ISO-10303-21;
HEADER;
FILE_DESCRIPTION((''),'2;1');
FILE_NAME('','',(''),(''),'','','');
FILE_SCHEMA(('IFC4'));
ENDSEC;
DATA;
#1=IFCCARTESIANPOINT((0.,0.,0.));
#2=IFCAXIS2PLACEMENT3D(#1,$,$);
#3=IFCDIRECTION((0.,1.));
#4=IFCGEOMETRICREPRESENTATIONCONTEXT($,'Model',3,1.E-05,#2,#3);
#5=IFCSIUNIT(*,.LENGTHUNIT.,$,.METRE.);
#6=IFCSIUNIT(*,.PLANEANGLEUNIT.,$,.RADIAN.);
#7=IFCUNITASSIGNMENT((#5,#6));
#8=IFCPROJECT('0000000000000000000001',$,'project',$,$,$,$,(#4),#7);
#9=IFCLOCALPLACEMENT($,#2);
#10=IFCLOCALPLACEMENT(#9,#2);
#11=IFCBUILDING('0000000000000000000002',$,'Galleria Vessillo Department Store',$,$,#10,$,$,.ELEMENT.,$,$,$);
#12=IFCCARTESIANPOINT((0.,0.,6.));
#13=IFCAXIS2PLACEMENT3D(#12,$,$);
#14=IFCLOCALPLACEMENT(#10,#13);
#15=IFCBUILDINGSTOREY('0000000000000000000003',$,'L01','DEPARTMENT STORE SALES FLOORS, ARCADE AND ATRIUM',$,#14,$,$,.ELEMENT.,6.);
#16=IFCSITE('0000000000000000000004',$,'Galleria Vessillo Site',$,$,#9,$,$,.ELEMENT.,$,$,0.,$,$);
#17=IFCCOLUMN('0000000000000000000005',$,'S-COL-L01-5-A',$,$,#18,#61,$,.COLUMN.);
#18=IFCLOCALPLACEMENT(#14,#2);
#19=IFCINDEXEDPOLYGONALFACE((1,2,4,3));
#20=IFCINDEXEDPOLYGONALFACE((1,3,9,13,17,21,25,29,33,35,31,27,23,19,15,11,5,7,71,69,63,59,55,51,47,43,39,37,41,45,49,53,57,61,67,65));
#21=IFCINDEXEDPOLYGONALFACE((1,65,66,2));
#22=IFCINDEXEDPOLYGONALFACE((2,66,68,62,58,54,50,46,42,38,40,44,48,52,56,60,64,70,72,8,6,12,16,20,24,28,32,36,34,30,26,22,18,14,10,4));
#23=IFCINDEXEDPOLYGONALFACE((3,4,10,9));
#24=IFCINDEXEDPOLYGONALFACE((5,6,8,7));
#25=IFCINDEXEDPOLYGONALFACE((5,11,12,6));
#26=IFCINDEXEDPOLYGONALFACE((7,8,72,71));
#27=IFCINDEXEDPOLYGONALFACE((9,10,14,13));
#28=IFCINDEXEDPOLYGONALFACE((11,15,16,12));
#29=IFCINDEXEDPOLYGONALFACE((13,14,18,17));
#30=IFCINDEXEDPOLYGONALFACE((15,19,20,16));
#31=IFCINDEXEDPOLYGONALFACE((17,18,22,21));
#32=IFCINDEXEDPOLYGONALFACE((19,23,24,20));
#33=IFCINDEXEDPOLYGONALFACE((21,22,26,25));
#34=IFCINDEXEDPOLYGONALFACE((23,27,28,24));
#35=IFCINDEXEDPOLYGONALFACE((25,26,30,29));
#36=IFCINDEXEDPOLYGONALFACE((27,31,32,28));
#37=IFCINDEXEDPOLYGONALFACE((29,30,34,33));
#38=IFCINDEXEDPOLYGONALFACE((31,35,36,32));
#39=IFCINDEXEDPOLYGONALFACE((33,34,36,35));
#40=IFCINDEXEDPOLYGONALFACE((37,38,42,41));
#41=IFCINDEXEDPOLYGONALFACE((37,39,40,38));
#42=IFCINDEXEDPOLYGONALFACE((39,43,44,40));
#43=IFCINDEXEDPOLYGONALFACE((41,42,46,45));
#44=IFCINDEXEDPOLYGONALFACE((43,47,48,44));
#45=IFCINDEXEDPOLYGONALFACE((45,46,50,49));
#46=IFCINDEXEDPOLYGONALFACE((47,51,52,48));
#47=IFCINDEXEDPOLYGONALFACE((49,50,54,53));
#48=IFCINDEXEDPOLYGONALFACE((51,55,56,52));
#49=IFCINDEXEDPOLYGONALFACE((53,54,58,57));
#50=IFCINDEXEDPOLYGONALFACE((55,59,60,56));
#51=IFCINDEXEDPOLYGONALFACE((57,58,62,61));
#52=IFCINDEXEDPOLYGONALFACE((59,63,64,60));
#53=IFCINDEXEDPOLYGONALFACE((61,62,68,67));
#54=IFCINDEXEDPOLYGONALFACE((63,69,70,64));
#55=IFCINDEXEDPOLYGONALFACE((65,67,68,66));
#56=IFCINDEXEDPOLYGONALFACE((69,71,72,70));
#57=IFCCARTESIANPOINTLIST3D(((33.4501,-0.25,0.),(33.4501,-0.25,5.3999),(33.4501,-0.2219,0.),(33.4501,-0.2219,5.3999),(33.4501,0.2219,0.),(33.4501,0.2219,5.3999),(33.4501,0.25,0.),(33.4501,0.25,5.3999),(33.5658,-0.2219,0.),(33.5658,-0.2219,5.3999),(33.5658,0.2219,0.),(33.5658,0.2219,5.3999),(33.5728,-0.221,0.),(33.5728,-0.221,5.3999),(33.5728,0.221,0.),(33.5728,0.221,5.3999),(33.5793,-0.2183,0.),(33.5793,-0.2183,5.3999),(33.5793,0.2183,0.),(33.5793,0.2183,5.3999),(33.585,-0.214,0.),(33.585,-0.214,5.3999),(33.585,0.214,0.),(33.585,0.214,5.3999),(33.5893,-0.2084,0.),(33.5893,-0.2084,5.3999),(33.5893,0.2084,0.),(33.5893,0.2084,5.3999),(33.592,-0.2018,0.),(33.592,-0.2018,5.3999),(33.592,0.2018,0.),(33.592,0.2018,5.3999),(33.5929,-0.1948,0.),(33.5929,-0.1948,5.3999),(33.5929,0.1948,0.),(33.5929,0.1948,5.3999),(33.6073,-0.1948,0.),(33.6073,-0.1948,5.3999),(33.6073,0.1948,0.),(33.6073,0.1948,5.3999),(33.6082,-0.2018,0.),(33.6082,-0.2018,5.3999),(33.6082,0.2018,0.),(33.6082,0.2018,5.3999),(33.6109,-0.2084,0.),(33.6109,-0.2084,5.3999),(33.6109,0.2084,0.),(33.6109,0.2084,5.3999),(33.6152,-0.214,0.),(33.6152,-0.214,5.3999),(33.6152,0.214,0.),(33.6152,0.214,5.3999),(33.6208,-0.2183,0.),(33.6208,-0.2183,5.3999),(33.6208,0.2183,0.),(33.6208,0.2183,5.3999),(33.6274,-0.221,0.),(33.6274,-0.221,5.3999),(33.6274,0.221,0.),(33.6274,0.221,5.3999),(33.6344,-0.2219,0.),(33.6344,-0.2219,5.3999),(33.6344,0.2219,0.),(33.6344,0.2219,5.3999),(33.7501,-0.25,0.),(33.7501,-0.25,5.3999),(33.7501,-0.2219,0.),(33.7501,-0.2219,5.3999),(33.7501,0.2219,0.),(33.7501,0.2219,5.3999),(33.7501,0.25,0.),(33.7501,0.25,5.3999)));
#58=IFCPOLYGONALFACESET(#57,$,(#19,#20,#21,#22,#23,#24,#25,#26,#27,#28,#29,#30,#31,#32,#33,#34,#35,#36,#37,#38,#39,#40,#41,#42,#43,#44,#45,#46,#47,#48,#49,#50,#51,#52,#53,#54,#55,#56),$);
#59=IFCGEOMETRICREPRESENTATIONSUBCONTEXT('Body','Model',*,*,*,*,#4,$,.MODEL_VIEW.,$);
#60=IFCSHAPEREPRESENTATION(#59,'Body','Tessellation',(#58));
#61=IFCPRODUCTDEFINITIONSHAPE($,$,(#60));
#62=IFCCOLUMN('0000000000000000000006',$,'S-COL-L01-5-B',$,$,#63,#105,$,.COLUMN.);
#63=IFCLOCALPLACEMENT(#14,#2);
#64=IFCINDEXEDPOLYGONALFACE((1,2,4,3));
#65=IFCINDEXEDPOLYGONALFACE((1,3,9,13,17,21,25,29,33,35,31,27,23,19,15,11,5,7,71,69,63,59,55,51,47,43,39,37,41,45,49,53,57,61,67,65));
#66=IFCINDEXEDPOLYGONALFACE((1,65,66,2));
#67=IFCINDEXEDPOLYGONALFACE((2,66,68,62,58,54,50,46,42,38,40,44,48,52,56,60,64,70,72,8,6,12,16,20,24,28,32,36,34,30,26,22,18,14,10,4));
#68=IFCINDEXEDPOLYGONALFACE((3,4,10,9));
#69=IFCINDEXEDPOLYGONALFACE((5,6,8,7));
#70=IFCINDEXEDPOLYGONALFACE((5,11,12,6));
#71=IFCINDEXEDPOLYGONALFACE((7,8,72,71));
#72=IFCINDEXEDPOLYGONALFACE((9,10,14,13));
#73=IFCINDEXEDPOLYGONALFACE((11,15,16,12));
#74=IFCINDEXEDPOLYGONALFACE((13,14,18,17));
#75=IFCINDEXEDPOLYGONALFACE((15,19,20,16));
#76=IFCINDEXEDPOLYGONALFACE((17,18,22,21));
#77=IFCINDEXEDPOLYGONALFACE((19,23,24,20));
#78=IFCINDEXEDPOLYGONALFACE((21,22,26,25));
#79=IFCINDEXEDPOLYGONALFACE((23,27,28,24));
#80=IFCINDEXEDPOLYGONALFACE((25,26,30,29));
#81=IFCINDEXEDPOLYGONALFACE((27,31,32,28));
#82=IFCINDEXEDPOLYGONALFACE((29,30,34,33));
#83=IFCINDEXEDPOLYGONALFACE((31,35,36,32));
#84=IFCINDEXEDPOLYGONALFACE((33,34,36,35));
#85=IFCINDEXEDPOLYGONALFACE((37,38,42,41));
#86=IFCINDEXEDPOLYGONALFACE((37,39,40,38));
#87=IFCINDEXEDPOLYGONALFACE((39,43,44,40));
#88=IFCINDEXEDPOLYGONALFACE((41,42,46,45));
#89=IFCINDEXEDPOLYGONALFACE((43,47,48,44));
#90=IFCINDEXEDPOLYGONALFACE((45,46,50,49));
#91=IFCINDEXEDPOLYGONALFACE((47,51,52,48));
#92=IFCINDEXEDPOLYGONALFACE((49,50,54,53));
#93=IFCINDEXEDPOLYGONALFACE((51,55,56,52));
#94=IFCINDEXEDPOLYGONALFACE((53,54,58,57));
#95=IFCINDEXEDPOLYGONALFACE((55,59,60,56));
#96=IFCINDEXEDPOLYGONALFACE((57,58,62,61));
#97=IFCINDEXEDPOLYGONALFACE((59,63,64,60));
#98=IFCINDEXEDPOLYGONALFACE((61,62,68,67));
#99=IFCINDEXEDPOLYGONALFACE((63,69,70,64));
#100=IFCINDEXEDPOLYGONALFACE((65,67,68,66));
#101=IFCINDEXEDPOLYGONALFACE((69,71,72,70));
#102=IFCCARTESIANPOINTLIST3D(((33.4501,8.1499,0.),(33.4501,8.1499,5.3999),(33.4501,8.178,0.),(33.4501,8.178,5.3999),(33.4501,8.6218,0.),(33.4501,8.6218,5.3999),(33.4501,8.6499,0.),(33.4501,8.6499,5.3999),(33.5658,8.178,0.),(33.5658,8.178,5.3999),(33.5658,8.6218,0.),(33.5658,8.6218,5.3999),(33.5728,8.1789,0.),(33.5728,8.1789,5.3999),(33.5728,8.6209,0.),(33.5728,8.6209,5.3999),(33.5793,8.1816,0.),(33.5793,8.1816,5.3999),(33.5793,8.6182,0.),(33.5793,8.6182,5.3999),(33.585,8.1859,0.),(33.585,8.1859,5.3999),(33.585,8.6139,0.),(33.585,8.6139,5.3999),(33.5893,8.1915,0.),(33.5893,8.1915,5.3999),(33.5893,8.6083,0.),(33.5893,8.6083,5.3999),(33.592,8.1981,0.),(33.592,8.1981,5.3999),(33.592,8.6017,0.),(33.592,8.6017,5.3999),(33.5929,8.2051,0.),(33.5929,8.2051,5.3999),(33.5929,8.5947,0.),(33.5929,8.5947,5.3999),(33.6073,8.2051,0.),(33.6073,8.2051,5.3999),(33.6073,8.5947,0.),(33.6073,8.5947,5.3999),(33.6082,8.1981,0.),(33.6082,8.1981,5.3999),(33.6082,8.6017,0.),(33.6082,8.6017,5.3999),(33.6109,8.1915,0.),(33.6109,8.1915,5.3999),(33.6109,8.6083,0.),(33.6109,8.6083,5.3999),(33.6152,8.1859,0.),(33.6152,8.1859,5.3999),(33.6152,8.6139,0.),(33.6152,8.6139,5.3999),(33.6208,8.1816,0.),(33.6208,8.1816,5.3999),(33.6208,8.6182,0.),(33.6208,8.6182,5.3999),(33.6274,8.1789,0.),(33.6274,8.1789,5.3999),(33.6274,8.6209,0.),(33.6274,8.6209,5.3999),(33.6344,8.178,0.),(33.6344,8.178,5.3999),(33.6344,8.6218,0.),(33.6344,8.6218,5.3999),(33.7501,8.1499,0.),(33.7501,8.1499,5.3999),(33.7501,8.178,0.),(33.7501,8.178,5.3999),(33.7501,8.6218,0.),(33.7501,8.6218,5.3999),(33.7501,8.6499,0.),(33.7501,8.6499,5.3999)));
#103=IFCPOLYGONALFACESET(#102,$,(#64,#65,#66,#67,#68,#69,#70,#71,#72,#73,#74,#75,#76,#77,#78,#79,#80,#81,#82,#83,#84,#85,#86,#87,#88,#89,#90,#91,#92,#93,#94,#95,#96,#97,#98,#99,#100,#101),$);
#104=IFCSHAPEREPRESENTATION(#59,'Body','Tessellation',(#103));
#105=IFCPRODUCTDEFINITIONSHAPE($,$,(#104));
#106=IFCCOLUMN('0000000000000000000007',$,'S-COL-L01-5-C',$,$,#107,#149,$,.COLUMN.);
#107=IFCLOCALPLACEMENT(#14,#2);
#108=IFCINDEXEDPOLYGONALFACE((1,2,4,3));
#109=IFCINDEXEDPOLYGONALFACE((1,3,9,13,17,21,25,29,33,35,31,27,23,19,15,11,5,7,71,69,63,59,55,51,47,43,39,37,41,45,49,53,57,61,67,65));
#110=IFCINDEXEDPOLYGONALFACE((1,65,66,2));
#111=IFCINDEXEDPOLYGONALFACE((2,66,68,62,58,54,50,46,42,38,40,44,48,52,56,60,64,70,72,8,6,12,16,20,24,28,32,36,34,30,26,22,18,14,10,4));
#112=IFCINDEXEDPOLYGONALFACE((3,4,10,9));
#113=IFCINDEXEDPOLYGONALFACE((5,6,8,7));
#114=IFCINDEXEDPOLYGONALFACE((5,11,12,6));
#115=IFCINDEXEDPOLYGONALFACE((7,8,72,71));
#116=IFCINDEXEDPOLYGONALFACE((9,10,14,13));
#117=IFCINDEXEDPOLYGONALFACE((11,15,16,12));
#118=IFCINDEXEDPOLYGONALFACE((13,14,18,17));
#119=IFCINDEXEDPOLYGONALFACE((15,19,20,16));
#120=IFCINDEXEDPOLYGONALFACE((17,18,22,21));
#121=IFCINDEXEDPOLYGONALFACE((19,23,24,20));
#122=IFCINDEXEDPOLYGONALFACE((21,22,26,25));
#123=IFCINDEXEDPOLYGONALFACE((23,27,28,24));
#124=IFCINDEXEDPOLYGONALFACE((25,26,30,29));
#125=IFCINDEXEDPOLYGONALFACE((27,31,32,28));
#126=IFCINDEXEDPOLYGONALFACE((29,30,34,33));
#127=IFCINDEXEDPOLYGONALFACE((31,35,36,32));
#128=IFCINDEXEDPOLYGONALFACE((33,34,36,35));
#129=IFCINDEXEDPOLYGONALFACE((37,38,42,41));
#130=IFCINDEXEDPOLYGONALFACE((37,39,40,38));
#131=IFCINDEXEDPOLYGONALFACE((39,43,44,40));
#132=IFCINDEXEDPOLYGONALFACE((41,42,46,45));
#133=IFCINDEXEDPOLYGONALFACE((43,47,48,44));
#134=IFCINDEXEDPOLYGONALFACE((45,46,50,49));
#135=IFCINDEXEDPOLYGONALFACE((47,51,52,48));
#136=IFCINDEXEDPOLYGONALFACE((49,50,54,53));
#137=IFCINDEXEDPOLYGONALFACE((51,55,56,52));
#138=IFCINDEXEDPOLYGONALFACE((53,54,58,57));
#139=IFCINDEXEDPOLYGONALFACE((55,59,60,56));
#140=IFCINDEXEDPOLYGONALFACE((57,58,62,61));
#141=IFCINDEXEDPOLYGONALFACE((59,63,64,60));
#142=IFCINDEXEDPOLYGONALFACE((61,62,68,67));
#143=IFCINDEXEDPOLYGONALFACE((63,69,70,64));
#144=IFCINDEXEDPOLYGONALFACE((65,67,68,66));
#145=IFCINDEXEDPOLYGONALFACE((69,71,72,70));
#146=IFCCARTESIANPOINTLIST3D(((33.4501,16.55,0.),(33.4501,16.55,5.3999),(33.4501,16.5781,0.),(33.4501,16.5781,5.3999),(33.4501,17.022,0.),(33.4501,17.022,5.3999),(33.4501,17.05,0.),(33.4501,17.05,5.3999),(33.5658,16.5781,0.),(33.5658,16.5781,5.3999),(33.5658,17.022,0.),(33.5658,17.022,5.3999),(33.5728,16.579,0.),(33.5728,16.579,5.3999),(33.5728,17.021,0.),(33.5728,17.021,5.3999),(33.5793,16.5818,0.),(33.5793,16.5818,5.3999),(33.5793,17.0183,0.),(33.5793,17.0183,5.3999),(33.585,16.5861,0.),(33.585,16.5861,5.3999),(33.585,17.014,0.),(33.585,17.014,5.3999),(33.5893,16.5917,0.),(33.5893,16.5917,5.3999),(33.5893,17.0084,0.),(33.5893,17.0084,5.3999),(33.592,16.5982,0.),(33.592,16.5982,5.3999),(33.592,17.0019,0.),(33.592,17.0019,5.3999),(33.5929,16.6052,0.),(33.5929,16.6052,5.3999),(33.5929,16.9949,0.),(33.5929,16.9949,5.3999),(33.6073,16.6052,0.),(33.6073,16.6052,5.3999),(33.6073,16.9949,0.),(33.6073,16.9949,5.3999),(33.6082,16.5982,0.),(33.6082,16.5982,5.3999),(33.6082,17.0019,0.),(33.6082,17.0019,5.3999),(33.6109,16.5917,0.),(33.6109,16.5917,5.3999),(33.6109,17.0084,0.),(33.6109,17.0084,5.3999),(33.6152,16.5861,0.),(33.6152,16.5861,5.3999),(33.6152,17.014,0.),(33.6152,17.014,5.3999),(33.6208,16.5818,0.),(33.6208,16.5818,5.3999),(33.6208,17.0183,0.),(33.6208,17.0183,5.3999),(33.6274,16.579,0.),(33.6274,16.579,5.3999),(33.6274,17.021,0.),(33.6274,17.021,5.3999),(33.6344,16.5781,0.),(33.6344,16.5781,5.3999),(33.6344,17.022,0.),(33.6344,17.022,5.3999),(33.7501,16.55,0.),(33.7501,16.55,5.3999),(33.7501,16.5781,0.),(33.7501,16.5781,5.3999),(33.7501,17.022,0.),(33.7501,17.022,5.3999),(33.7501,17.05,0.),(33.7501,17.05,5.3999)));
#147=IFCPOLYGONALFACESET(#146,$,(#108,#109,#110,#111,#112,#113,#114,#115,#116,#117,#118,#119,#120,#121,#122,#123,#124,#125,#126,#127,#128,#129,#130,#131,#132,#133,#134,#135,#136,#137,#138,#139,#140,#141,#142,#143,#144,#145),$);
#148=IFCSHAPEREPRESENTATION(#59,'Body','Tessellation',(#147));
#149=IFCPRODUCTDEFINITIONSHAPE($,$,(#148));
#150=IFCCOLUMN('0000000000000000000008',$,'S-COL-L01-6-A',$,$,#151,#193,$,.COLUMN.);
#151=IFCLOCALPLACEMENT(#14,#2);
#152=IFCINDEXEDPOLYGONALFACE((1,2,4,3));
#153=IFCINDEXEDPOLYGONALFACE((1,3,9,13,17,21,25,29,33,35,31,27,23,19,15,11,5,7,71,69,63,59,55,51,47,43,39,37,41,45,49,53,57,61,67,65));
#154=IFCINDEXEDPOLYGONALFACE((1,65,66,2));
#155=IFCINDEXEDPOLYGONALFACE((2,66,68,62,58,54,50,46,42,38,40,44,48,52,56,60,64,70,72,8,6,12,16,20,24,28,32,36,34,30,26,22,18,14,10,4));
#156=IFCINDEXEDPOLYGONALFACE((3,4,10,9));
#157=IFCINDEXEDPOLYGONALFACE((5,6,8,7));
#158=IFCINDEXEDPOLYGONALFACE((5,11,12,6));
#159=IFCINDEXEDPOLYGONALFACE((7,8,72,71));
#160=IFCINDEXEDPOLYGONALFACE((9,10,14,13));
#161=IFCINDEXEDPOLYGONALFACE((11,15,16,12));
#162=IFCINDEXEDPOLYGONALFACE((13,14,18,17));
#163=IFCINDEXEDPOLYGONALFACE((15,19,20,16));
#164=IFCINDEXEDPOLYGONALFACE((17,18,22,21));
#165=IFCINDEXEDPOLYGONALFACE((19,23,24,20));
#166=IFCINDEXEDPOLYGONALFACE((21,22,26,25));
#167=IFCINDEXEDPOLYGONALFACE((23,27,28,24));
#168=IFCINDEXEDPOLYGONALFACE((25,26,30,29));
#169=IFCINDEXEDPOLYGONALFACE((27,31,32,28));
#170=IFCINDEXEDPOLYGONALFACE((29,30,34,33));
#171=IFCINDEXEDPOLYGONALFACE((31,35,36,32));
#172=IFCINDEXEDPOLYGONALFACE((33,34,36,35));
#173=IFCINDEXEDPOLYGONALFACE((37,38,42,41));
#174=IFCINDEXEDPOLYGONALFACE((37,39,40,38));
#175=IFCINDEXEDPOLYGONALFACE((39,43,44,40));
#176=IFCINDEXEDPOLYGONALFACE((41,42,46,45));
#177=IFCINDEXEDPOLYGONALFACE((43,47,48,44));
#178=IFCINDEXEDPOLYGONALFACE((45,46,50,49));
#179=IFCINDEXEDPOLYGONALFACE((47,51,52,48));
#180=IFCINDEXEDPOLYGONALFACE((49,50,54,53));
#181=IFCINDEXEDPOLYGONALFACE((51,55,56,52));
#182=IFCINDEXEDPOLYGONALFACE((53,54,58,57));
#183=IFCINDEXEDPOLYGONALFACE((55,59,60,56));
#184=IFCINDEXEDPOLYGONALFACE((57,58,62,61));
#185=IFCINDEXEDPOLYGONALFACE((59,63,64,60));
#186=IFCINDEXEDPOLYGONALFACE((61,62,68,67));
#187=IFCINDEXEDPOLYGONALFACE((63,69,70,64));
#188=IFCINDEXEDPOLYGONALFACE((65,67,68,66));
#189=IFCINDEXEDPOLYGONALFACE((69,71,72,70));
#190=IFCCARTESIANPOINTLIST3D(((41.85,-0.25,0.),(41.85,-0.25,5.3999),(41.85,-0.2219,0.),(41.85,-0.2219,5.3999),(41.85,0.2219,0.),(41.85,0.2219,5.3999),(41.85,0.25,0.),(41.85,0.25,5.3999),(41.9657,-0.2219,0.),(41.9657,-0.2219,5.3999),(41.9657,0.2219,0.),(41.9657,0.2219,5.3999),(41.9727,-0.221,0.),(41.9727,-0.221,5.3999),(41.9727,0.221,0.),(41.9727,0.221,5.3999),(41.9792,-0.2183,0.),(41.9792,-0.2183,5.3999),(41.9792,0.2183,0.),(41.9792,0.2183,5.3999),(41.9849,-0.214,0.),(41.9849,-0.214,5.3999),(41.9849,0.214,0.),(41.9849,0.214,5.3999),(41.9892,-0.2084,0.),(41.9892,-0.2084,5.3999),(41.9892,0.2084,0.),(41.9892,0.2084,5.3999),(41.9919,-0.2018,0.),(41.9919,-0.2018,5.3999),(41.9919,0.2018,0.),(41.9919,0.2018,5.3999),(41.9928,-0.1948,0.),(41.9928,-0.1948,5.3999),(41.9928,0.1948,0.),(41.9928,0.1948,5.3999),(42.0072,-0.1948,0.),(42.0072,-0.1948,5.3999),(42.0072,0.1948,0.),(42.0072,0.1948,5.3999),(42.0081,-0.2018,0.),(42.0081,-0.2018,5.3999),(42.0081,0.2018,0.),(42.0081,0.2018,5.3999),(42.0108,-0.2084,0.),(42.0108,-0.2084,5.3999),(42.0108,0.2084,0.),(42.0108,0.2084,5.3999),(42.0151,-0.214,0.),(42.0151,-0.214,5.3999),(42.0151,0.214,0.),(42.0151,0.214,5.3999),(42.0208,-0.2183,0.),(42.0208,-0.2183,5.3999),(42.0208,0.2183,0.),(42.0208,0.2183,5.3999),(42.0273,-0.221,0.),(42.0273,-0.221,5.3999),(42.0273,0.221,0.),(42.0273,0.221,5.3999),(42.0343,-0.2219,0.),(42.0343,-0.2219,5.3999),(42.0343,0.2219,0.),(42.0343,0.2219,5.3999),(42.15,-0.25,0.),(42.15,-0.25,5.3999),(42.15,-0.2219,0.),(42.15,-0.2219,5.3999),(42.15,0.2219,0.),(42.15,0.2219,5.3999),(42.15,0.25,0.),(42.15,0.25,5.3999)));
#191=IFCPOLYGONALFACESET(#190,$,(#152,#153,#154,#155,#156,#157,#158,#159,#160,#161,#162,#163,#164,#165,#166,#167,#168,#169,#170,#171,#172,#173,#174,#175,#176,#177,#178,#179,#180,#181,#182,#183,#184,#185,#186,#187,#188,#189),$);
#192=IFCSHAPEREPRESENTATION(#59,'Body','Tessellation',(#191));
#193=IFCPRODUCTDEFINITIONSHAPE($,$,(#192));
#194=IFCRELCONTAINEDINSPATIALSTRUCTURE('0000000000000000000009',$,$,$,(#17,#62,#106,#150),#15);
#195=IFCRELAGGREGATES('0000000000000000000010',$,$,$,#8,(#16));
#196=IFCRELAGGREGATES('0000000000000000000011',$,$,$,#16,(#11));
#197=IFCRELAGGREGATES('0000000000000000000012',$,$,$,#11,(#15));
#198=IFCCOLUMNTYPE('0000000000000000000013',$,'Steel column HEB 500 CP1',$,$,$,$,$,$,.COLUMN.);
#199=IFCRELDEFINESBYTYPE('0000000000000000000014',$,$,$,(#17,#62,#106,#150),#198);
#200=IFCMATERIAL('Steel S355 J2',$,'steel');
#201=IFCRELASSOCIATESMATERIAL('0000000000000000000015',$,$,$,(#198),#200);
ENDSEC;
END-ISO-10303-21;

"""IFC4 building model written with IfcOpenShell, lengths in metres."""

from ifc_helpers import new_model, si_unit, direction, frame, origin, origin_2d, place, context, subcontext, project, spatial, i_section, extrude, material, material_profile, profile_set, type_object, element, save


model = new_model("IFC4")

# Units and contexts
model_context = context("Model", 3, precision=1e-05, world=origin(), true_north=direction((0.0, 1.0)))
body_context = subcontext(model_context, "Body", "Model", "MODEL_VIEW")
ifc_project = project(units=[si_unit("LENGTHUNIT", "METRE"), si_unit("PLANEANGLEUNIT", "RADIAN")], contexts=[model_context])

# Site, building, storey
site_placement = place(None, origin())
site = spatial("IfcSite", under=ifc_project, at=site_placement, Name="Galleria Vessillo Site", CompositionType="ELEMENT", RefElevation=0.0)
building_placement = place(site_placement, origin())
building = spatial("IfcBuilding", under=site, at=building_placement, Name="Galleria Vessillo Department Store", CompositionType="ELEMENT")
storey_placement = place(building_placement, frame((0.0, 0.0, 6.0)))
storey = spatial("IfcBuildingStorey", under=building, at=storey_placement, Name="L01", Description="DEPARTMENT STORE SALES FLOORS, ARCADE AND ATRIUM", CompositionType="ELEMENT", Elevation=6.0)

# Columns
ifc_material_1 = material(Name="Steel S355 J2", Category="steel")
ifc_material_profile_1 = material_profile(ifc_material_1, i_section(OverallWidth=0.3, OverallDepth=0.5, WebThickness=0.0144, FlangeThickness=0.0281, FilletRadius=0.0271, at=origin_2d()), Name="HEB 500")
ifc_profile_set_1 = profile_set([ifc_material_profile_1], Name="Steel S355 J2")
column_type = type_object("IfcColumnType", Name="Steel column HEB 500 CP1", PredefinedType="COLUMN", material=ifc_profile_set_1)
for number, where, z_axis, x_axis, name in (
    (1, (33.6001, 0.0, 0.0), (0.0, 0.0, 1.0), (1.0, 0.0, 0.0), "S-COL-L01-5-A"),
    (2, (33.6001, 8.3999, 0.0), (0.0, 0.0, 1.0), (1.0, 0.0, 0.0), "S-COL-L01-5-B"),
    (3, (33.6001, 16.8, 0.0), (0.0, 0.0, 1.0), (1.0, 0.0, 0.0), "S-COL-L01-5-C"),
    (4, (42.0, 0.0, 0.0), (0.0, 0.0, 1.0), (1.0, 0.0, 0.0), "S-COL-L01-6-A"),
):
    element("IfcColumn", number, at=place(storey_placement, frame(where, z_axis=z_axis, x_axis=x_axis)), inside=storey, type_object=column_type, Name=name, PredefinedType="COLUMN", context=body_context, shape_type="SweptSolid", body=[
        extrude(i_section(OverallWidth=0.3, OverallDepth=0.5, WebThickness=0.0144, FlangeThickness=0.0281, FilletRadius=0.0271, at=origin_2d()), origin(), (0.0, 0.0, 1.0), 5.3999),
    ])

save(model, "model.ifc")
